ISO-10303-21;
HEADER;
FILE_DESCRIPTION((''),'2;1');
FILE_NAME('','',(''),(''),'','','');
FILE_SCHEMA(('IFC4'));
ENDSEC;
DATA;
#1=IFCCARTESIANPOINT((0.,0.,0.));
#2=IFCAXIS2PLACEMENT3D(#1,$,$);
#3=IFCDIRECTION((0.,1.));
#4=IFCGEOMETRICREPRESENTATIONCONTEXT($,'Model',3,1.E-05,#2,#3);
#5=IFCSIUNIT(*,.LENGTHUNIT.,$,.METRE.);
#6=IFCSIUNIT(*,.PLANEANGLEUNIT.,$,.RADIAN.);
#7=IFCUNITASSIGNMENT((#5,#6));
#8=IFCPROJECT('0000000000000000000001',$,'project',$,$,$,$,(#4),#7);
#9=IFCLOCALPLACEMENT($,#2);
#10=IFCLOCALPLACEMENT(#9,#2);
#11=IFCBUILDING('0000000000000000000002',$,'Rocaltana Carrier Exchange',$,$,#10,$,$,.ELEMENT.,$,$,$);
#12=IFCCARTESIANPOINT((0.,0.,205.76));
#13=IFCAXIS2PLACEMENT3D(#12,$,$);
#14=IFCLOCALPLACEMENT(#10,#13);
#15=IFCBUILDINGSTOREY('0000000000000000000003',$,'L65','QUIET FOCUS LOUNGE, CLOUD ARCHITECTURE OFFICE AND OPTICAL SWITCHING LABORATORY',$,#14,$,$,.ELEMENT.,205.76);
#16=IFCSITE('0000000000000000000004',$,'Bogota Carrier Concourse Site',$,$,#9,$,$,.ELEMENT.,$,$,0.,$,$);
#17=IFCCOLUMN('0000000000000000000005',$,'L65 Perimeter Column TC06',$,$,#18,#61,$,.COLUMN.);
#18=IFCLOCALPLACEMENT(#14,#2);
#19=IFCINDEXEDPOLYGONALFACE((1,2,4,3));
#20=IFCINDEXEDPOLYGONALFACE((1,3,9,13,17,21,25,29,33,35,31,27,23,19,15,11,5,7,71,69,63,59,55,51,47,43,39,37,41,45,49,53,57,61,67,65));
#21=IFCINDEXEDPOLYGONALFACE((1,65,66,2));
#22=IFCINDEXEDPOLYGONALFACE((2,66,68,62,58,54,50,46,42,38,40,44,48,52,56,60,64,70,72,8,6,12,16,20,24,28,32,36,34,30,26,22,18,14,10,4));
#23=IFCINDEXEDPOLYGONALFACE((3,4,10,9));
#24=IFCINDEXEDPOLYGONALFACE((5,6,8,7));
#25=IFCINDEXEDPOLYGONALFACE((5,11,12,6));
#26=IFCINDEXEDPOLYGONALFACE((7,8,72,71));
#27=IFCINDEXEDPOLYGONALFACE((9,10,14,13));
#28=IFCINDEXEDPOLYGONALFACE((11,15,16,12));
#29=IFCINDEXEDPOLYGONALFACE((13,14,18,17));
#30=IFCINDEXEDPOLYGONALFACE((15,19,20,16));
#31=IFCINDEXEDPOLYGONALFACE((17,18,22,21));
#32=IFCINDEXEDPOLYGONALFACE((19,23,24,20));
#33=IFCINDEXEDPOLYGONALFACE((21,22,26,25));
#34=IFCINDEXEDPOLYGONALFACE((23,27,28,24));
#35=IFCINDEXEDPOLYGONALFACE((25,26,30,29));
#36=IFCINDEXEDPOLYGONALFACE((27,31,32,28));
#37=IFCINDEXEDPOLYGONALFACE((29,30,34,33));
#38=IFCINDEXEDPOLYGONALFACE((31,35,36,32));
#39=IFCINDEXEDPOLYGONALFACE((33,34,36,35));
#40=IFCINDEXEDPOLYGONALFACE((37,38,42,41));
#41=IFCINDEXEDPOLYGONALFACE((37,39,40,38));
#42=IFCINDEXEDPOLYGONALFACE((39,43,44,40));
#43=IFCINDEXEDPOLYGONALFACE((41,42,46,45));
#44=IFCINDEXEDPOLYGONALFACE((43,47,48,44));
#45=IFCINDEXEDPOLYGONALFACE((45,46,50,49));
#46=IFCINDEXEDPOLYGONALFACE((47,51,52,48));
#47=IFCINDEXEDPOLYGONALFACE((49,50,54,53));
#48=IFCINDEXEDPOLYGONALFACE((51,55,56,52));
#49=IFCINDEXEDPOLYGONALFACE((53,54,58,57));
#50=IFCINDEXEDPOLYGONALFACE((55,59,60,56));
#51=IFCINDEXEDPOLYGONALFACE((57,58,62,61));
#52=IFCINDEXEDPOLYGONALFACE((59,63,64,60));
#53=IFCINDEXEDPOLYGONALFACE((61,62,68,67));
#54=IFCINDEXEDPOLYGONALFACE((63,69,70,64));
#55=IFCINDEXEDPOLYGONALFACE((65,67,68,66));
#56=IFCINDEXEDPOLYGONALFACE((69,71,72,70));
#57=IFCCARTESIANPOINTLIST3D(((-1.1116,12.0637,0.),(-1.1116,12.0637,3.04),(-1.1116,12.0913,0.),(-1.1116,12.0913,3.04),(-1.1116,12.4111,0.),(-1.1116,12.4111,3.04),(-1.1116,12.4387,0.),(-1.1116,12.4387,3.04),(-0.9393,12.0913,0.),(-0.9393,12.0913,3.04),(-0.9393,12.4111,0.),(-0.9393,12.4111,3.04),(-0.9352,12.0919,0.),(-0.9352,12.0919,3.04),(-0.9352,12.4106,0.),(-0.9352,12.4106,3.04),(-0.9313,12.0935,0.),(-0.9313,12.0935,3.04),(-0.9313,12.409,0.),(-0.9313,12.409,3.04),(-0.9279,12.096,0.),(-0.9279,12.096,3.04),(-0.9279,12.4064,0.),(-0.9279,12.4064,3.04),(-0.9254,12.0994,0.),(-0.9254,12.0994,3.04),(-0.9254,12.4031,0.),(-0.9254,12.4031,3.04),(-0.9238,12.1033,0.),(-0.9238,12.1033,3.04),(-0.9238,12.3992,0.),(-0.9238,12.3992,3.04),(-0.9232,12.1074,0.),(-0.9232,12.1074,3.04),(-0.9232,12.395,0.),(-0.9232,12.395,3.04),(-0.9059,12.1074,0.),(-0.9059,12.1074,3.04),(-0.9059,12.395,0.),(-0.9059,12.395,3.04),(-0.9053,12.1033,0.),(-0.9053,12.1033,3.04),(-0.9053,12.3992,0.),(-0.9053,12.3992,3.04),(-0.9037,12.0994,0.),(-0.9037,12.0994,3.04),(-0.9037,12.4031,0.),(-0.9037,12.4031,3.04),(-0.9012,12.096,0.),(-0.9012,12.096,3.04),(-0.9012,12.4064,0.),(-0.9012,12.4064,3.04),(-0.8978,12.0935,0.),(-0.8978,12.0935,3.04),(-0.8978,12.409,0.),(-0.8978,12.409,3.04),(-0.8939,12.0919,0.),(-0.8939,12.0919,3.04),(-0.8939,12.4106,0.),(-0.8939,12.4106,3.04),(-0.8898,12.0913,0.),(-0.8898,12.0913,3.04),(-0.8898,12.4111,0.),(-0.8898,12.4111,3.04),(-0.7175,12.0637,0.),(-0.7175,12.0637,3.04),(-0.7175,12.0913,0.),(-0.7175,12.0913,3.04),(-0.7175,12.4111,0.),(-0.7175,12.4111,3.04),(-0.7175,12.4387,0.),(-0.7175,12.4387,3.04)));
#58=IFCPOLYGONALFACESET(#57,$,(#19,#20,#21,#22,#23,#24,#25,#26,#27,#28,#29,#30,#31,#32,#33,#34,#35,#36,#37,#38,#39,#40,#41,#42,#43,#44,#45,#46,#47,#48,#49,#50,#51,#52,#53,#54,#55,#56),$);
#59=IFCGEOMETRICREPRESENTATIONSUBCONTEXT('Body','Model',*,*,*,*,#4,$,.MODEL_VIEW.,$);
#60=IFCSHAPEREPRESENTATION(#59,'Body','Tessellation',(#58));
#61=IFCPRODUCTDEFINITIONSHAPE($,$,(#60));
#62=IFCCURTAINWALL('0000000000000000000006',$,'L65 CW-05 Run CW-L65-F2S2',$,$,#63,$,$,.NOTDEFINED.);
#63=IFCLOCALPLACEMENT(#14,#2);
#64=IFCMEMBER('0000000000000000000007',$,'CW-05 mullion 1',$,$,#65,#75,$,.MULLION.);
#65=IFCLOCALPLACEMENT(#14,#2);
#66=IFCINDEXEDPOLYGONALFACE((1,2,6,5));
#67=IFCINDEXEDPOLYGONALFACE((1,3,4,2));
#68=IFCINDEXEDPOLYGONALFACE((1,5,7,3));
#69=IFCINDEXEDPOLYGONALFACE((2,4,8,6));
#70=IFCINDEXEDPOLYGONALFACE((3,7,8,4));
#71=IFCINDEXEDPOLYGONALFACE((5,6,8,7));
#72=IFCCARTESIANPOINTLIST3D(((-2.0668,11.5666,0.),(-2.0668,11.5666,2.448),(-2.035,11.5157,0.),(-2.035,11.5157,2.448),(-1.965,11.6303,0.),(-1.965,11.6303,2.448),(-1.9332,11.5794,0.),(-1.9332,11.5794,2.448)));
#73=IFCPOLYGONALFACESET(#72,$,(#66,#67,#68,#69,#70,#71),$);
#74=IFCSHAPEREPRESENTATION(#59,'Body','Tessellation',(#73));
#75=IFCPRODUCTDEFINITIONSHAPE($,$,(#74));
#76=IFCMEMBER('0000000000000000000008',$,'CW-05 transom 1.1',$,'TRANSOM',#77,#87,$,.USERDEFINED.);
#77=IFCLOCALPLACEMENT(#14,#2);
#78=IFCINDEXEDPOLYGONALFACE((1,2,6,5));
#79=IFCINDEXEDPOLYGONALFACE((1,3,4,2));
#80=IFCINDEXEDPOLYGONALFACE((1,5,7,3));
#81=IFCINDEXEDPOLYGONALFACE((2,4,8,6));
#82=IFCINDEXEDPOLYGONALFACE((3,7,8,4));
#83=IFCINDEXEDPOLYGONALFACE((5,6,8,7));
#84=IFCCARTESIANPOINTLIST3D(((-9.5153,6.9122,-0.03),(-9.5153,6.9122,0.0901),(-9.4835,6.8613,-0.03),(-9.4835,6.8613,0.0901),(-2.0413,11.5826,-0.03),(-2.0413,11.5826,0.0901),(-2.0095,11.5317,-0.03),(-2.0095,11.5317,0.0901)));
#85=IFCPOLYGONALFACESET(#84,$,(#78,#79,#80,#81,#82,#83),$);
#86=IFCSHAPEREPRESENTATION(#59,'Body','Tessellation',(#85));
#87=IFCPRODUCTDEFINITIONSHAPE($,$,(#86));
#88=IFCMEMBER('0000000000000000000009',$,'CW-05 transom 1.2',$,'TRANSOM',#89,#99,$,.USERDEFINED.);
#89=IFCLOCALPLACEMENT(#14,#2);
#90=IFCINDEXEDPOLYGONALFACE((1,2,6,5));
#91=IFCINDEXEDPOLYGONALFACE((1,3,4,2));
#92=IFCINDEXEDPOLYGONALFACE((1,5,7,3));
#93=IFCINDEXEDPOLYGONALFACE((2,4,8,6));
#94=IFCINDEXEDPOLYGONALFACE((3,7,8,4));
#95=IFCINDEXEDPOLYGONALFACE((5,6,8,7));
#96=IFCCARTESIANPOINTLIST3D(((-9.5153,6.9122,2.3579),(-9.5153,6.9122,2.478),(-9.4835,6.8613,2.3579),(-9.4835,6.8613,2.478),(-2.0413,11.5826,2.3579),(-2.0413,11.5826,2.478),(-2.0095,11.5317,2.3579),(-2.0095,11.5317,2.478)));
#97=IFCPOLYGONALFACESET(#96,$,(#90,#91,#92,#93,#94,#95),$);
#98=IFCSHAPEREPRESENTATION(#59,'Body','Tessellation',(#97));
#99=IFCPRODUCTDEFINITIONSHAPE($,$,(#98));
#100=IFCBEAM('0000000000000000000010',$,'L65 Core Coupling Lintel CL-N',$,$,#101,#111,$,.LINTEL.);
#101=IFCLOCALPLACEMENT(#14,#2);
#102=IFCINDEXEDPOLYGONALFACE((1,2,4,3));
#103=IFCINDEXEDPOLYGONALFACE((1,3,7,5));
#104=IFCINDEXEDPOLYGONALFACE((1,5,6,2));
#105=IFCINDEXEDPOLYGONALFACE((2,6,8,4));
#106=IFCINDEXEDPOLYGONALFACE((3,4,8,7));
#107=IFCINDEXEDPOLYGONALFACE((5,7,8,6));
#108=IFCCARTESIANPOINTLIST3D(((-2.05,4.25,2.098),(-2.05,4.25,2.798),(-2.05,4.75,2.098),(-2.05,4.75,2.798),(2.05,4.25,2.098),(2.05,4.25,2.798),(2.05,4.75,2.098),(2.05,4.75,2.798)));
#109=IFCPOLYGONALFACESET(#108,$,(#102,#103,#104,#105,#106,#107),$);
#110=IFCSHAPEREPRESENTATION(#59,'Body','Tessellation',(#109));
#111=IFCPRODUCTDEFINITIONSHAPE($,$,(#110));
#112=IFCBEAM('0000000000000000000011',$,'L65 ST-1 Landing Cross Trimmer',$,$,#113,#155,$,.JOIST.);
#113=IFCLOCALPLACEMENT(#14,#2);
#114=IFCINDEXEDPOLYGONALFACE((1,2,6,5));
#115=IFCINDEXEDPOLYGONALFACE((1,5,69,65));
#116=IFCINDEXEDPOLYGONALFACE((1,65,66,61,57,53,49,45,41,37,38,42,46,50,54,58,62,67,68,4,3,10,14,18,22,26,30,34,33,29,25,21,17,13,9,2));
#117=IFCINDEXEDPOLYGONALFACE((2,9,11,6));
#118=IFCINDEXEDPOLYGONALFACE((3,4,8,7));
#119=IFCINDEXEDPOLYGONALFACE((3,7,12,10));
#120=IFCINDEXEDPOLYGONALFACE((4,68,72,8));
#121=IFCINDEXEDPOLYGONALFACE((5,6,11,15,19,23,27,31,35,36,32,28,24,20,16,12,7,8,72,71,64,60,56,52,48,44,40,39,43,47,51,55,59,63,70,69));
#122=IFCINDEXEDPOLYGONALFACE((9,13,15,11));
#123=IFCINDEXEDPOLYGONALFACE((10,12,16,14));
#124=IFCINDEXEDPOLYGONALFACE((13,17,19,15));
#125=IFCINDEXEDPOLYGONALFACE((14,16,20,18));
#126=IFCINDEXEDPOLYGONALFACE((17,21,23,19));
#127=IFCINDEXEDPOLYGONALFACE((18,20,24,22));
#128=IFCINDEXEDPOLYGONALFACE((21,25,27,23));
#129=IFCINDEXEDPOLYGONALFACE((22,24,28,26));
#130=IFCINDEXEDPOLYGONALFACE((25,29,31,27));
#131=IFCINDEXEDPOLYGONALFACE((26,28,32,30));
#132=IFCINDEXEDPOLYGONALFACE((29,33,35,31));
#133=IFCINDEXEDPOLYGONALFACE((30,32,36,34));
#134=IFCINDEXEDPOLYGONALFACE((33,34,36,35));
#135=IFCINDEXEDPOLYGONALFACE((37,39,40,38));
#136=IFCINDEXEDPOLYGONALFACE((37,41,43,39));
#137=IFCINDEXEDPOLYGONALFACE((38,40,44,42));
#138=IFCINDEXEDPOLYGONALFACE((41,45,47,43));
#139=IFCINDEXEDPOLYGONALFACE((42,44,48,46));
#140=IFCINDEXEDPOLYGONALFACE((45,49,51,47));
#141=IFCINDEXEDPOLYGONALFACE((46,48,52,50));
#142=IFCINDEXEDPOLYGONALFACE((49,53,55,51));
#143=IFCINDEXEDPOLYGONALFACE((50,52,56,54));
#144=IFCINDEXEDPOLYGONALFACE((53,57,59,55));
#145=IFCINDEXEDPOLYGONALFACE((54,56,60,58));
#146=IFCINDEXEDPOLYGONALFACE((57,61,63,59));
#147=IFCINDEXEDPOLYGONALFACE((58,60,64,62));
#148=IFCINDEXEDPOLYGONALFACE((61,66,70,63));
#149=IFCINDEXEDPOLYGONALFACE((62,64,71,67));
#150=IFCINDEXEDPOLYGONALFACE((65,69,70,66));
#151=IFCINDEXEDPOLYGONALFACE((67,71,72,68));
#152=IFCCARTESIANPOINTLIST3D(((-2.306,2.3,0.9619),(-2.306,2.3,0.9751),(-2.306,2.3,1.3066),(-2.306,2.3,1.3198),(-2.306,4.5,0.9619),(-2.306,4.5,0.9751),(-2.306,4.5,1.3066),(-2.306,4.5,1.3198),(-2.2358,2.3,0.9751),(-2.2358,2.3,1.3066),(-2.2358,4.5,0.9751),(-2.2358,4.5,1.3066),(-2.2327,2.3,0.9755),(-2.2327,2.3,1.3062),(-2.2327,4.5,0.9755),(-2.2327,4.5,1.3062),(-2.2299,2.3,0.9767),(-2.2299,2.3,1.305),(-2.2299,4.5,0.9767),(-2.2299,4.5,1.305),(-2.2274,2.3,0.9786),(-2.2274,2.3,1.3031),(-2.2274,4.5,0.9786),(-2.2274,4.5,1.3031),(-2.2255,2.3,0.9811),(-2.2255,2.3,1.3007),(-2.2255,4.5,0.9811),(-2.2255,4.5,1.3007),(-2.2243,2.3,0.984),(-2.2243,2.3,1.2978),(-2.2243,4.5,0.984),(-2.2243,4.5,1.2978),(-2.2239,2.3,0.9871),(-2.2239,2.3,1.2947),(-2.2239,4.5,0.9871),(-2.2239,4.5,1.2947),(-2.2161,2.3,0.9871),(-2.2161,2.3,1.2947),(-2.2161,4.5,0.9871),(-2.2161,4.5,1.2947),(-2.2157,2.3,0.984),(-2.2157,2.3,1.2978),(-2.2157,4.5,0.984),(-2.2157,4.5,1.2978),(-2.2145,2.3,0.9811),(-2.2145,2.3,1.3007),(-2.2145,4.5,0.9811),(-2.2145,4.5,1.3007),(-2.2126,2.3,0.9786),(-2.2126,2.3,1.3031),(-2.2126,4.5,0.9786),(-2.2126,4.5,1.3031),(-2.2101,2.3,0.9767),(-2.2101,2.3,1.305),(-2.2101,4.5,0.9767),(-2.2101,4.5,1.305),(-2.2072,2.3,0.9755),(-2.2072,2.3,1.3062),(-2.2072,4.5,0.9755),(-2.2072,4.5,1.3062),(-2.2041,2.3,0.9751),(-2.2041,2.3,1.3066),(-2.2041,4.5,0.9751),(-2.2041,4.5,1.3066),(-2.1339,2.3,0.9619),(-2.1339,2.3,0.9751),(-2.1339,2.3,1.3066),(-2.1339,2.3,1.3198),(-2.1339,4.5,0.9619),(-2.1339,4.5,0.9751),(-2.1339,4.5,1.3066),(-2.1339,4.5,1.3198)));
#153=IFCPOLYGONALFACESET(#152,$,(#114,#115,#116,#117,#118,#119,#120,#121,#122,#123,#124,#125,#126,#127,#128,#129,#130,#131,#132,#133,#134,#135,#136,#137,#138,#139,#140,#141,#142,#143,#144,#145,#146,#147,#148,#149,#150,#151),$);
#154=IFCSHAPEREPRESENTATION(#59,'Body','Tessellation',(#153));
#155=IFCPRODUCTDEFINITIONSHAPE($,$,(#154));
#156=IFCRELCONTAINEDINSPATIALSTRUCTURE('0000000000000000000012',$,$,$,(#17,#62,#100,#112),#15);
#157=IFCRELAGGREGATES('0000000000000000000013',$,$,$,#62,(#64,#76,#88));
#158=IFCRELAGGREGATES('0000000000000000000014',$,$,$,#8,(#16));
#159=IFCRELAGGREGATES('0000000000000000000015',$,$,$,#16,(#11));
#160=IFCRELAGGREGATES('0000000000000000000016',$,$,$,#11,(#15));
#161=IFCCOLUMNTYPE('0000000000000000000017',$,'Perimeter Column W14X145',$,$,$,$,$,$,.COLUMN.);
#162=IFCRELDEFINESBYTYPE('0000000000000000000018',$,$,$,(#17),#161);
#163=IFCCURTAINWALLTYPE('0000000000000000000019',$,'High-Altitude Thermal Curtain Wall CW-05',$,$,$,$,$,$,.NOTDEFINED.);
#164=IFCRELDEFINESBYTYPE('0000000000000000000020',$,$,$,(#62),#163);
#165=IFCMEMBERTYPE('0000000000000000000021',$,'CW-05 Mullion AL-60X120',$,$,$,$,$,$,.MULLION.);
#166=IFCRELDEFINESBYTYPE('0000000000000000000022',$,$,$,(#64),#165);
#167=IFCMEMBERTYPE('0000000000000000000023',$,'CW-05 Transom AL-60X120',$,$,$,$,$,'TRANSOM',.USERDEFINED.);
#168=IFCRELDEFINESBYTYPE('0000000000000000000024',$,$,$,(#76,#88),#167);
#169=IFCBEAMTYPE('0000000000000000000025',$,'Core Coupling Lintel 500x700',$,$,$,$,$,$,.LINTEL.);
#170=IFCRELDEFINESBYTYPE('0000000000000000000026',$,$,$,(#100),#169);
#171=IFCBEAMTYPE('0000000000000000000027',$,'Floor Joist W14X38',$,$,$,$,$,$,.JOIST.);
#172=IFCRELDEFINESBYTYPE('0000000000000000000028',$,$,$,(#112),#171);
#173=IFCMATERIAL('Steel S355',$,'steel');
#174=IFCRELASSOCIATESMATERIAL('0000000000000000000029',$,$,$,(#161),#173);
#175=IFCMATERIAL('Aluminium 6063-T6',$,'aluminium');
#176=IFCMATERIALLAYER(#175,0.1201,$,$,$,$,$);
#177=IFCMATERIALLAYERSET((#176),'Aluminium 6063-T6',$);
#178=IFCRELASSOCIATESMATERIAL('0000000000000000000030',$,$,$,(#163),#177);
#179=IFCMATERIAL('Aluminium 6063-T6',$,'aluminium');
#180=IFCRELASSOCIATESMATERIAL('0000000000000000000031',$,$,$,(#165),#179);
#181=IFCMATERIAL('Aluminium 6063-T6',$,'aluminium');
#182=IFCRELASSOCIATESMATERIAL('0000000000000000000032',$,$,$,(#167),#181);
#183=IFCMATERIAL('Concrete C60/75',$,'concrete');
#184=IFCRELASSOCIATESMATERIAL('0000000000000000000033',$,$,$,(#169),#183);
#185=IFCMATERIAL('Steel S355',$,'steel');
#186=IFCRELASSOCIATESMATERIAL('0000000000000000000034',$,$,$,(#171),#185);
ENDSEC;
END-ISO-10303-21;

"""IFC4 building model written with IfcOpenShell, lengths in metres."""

from ifc_helpers import new_model, si_unit, direction, frame, origin, origin_2d, place, context, subcontext, project, spatial, rectangle, i_section, extrude, material, layer, layer_set, material_profile, profile_set, type_object, element, aggregate, save


model = new_model("IFC4")

# Units and contexts
model_context = context("Model", 3, precision=1e-05, world=origin(), true_north=direction((0.0, 1.0)))
body_context = subcontext(model_context, "Body", "Model", "MODEL_VIEW")
ifc_project = project(units=[si_unit("LENGTHUNIT", "METRE"), si_unit("PLANEANGLEUNIT", "RADIAN")], contexts=[model_context])

# Site, building, storey
site_placement = place(None, origin())
site = spatial("IfcSite", under=ifc_project, at=site_placement, Name="Bogota Carrier Concourse Site", CompositionType="ELEMENT", RefElevation=0.0)
building_placement = place(site_placement, origin())
building = spatial("IfcBuilding", under=site, at=building_placement, Name="Rocaltana Carrier Exchange", CompositionType="ELEMENT")
storey_placement = place(building_placement, frame((0.0, 0.0, 205.76)))
storey = spatial("IfcBuildingStorey", under=building, at=storey_placement, Name="L65", Description="QUIET FOCUS LOUNGE, CLOUD ARCHITECTURE OFFICE AND OPTICAL SWITCHING LABORATORY", CompositionType="ELEMENT", Elevation=205.76)

# Column
ifc_material_1 = material(Name="Steel S355", Category="steel")
ifc_material_profile_1 = material_profile(ifc_material_1, i_section(OverallWidth=0.394, OverallDepth=0.375, WebThickness=0.0173, FlangeThickness=0.0276, FilletRadius=0.0161, at=origin_2d()), Name="W14X145")
ifc_profile_set_1 = profile_set([ifc_material_profile_1], Name="Steel S355")
column_type = type_object("IfcColumnType", Name="Perimeter Column W14X145", PredefinedType="COLUMN", material=ifc_profile_set_1)
column_placement = place(storey_placement, frame((-0.9146, 12.2512, 0.0), z_axis=(0.0, 0.0, 1.0), x_axis=(1.0, 0.0, 0.0)))
element("IfcColumn", 1, at=column_placement, inside=storey, type_object=column_type, Name="L65 Perimeter Column TC06", PredefinedType="COLUMN", context=body_context, shape_type="SweptSolid", body=[
    extrude(i_section(OverallWidth=0.394, OverallDepth=0.375, WebThickness=0.0173, FlangeThickness=0.0276, FilletRadius=0.0161, at=origin_2d()), origin(), (0.0, 0.0, 1.0), 3.04),
])

# Curtain wall, members
ifc_material_2 = material(Name="Aluminium 6063-T6", Category="aluminium")
ifc_layer_1 = layer(ifc_material_2, 0.1201)
ifc_layer_set_1 = layer_set([ifc_layer_1], Name="Aluminium 6063-T6")
curtain_wall_type = type_object("IfcCurtainWallType", Name="High-Altitude Thermal Curtain Wall CW-05", PredefinedType="NOTDEFINED", material=ifc_layer_set_1)
curtain_wall_placement = place(storey_placement, origin())
curtain_wall = element("IfcCurtainWall", 2, at=curtain_wall_placement, inside=storey, type_object=curtain_wall_type, Name="L65 CW-05 Run CW-L65-F2S2", PredefinedType="NOTDEFINED")
ifc_material_3 = material(Name="Aluminium 6063-T6", Category="aluminium")
ifc_material_profile_2 = material_profile(ifc_material_3, rectangle(XDim=0.0601, YDim=0.1201, at=origin_2d()), Name="AL-60X120")
ifc_profile_set_2 = profile_set([ifc_material_profile_2], Name="Aluminium 6063-T6")
member_type_1 = type_object("IfcMemberType", Name="CW-05 Mullion AL-60X120", PredefinedType="MULLION", material=ifc_profile_set_2)
member_1_placement = place(storey_placement, frame((-2.0, 11.573, 0.0), z_axis=(0.0, 0.0, 1.0), x_axis=(0.52992, -0.848047, 0.0)))
member_1 = element("IfcMember", 3, at=member_1_placement, type_object=member_type_1, Name="CW-05 mullion 1", PredefinedType="MULLION", context=body_context, shape_type="SweptSolid", body=[
    extrude(rectangle(XDim=0.0601, YDim=0.1201, at=origin_2d()), origin(), (0.0, 0.0, 1.0), 2.448),
])
ifc_material_4 = material(Name="Aluminium 6063-T6", Category="aluminium")
ifc_material_profile_3 = material_profile(ifc_material_4, rectangle(XDim=0.0601, YDim=0.1201, at=origin_2d()), Name="AL-60X120")
ifc_profile_set_3 = profile_set([ifc_material_profile_3], Name="Aluminium 6063-T6")
member_type_2 = type_object("IfcMemberType", Name="CW-05 Transom AL-60X120", ElementType="TRANSOM", PredefinedType="USERDEFINED", material=ifc_profile_set_3)
member_2_placement = place(storey_placement, frame((-2.0254, 11.5571, 0.03), z_axis=(-0.848045, -0.529924, 0.0), x_axis=(0.529924, -0.848045, 0.0)))
member_2 = element("IfcMember", 4, at=member_2_placement, type_object=member_type_2, Name="CW-05 transom 1.1", ObjectType="TRANSOM", PredefinedType="USERDEFINED", context=body_context, shape_type="SweptSolid", body=[
    extrude(rectangle(XDim=0.0601, YDim=0.1201, at=origin_2d()), origin(), (0.0, 0.0, 1.0), 8.8132),
])
member_3_placement = place(storey_placement, frame((-2.0254, 11.5571, 2.418), z_axis=(-0.848045, -0.529924, 0.0), x_axis=(0.529924, -0.848045, 0.0)))
member_3 = element("IfcMember", 5, at=member_3_placement, type_object=member_type_2, Name="CW-05 transom 1.2", ObjectType="TRANSOM", PredefinedType="USERDEFINED", context=body_context, shape_type="SweptSolid", body=[
    extrude(rectangle(XDim=0.0601, YDim=0.1201, at=origin_2d()), origin(), (0.0, 0.0, 1.0), 8.8132),
])

# Beams
ifc_material_5 = material(Name="Concrete C60/75", Category="concrete")
ifc_material_profile_4 = material_profile(ifc_material_5, rectangle(XDim=0.5, YDim=0.7, at=origin_2d()), Name="RC-BM-500X700")
ifc_profile_set_4 = profile_set([ifc_material_profile_4], Name="Concrete C60/75")
beam_type_1 = type_object("IfcBeamType", Name="Core Coupling Lintel 500x700", PredefinedType="LINTEL", material=ifc_profile_set_4)
beam_1_placement = place(storey_placement, frame((-2.05, 4.5, 2.448), z_axis=(1.0, 0.0, 0.0), x_axis=(0.0, 1.0, 0.0)))
element("IfcBeam", 6, at=beam_1_placement, inside=storey, type_object=beam_type_1, Name="L65 Core Coupling Lintel CL-N", PredefinedType="LINTEL", context=body_context, shape_type="SweptSolid", body=[
    extrude(rectangle(XDim=0.5, YDim=0.7, at=origin_2d()), origin(), (0.0, 0.0, 1.0), 4.1001),
])
ifc_material_6 = material(Name="Steel S355", Category="steel")
ifc_material_profile_5 = material_profile(ifc_material_6, i_section(OverallWidth=0.1721, OverallDepth=0.3579, WebThickness=0.0078, FlangeThickness=0.0132, FilletRadius=0.012, at=origin_2d()), Name="W14X38")
ifc_profile_set_5 = profile_set([ifc_material_profile_5], Name="Steel S355")
beam_type_2 = type_object("IfcBeamType", Name="Floor Joist W14X38", PredefinedType="JOIST", material=ifc_profile_set_5)
beam_2_placement = place(storey_placement, frame((-2.22, 2.3, 1.1409), z_axis=(0.0, 1.0, 0.0), x_axis=(-1.0, 0.0, 0.0)))
element("IfcBeam", 7, at=beam_2_placement, inside=storey, type_object=beam_type_2, Name="L65 ST-1 Landing Cross Trimmer", PredefinedType="JOIST", context=body_context, shape_type="SweptSolid", body=[
    extrude(i_section(OverallWidth=0.1721, OverallDepth=0.3579, WebThickness=0.0078, FlangeThickness=0.0132, FilletRadius=0.012, at=origin_2d()), origin(), (0.0, 0.0, 1.0), 2.2),
])

aggregate(curtain_wall, [member_1, member_2, member_3])

save(model, "model.ifc")
